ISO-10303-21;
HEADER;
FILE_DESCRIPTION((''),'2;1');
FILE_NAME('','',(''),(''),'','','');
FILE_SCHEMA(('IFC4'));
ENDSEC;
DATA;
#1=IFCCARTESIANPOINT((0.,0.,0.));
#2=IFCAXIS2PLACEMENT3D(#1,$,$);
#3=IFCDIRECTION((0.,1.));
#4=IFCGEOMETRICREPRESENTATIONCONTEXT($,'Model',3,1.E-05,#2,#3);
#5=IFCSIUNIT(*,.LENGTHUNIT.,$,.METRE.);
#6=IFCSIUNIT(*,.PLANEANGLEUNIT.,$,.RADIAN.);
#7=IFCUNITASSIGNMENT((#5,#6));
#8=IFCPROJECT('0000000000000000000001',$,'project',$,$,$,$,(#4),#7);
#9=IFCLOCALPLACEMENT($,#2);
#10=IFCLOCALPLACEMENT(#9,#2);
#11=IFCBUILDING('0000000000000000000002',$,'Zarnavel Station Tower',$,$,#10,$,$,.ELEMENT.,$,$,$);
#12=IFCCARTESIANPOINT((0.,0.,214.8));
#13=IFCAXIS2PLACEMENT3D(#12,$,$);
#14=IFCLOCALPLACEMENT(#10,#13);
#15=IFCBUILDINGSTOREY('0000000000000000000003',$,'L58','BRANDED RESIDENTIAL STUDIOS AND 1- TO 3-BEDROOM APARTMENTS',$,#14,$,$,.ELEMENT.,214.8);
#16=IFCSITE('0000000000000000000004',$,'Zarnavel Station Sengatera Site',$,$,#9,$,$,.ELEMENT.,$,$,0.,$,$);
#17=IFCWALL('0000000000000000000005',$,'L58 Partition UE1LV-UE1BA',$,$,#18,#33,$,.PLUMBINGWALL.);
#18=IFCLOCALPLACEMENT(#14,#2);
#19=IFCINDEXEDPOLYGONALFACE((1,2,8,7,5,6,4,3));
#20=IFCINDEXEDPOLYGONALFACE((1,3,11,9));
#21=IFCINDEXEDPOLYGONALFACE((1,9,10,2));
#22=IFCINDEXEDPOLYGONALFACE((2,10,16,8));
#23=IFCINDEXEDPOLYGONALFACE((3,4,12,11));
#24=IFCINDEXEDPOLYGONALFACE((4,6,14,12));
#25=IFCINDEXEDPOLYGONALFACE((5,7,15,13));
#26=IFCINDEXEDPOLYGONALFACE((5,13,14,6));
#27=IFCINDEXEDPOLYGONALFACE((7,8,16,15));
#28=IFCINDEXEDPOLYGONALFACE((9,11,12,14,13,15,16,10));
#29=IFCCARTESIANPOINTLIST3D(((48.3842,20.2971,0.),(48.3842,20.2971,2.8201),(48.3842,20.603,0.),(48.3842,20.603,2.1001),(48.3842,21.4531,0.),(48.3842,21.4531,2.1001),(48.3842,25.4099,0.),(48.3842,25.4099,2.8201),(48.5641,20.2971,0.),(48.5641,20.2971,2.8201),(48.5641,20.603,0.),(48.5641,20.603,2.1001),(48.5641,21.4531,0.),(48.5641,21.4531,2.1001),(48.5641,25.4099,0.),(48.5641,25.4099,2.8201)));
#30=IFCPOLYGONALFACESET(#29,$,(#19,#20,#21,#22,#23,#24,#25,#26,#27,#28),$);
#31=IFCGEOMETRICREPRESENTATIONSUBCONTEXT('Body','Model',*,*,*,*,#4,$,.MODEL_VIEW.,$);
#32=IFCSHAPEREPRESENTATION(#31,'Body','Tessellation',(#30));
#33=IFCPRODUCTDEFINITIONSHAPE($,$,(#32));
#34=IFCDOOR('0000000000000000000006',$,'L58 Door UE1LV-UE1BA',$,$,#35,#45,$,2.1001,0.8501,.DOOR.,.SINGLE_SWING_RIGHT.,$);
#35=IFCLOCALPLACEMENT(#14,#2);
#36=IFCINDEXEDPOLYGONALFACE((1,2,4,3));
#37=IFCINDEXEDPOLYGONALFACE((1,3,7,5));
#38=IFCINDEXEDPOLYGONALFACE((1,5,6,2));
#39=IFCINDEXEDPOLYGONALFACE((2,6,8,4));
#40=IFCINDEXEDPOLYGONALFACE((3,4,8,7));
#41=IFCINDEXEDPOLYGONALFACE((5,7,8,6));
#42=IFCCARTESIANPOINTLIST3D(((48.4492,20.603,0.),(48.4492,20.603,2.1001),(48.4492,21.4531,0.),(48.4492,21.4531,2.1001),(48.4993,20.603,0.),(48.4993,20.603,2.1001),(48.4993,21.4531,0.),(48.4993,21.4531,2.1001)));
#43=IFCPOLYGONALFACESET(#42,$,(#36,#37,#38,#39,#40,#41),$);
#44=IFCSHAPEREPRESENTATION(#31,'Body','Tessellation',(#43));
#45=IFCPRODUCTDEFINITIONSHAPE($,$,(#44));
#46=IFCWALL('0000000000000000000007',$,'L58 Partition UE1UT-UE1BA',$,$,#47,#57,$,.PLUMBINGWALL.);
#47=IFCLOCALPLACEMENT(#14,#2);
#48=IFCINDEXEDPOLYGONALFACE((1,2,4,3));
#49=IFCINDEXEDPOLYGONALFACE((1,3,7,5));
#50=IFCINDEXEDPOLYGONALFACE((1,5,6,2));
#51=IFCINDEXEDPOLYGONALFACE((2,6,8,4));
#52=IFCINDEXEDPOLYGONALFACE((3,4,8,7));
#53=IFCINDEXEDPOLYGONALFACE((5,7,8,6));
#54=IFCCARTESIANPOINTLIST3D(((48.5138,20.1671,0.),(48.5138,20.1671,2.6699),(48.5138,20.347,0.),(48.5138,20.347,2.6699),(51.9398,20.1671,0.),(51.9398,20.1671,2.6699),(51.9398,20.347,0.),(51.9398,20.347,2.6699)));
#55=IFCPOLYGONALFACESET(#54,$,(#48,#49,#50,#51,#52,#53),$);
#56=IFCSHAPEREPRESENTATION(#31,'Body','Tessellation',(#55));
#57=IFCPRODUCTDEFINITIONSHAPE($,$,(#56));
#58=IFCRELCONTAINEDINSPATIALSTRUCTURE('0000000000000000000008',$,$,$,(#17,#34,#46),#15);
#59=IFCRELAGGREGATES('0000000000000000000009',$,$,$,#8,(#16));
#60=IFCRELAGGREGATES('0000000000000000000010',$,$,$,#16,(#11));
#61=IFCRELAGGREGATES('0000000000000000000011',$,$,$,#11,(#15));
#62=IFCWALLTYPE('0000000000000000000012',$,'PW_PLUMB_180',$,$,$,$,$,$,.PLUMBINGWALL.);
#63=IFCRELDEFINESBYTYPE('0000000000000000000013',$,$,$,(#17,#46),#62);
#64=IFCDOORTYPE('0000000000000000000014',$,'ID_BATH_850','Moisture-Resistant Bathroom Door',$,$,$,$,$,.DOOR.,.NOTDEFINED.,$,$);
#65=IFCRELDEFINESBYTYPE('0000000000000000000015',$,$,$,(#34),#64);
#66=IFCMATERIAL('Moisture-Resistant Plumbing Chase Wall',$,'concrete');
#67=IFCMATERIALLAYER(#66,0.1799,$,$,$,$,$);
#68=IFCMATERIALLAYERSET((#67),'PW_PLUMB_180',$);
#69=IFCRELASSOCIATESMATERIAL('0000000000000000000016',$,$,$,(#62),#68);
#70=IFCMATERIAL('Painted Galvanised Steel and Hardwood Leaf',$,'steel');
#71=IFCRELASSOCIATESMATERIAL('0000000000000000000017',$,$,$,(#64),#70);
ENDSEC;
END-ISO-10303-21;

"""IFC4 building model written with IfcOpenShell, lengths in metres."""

from ifc_helpers import new_model, si_unit, direction, frame, frame_2d, origin, place, context, subcontext, project, spatial, rectangle, extrude, material, layer, layer_set, type_object, element, fill, save


model = new_model("IFC4")

# Units and contexts
model_context = context("Model", 3, precision=1e-05, world=origin(), true_north=direction((0.0, 1.0)))
body_context = subcontext(model_context, "Body", "Model", "MODEL_VIEW")
ifc_project = project(units=[si_unit("LENGTHUNIT", "METRE"), si_unit("PLANEANGLEUNIT", "RADIAN")], contexts=[model_context])

# Site, building, storey
site_placement = place(None, origin())
site = spatial("IfcSite", under=ifc_project, at=site_placement, Name="Zarnavel Station Sengatera Site", CompositionType="ELEMENT", RefElevation=0.0)
building_placement = place(site_placement, origin())
building = spatial("IfcBuilding", under=site, at=building_placement, Name="Zarnavel Station Tower", CompositionType="ELEMENT")
storey_placement = place(building_placement, frame((0.0, 0.0, 214.8)))
storey = spatial("IfcBuildingStorey", under=building, at=storey_placement, Name="L58", Description="BRANDED RESIDENTIAL STUDIOS AND 1- TO 3-BEDROOM APARTMENTS", CompositionType="ELEMENT", Elevation=214.8)

# Shared definitions
ifc_material_1 = material(Name="Moisture-Resistant Plumbing Chase Wall", Category="concrete")
ifc_layer_1 = layer(ifc_material_1, 0.1799)
ifc_layer_set_1 = layer_set([ifc_layer_1], Name="PW_PLUMB_180")
wall_type_1 = type_object("IfcWallType", Name="PW_PLUMB_180", PredefinedType="PLUMBINGWALL", material=ifc_layer_set_1)

# Wall, opening, door
wall_1_placement = place(storey_placement, frame((48.4741, 20.2971, 0.0), z_axis=(0.0, 0.0, 1.0), x_axis=(0.0, 1.0, 0.0)))
wall_1 = element("IfcWall", 1, at=wall_1_placement, inside=storey, type_object=wall_type_1, Name="L58 Partition UE1LV-UE1BA", PredefinedType="PLUMBINGWALL", context=body_context, shape_type="SweptSolid", body=[
    extrude(rectangle(XDim=5.1128, YDim=0.1799, at=frame_2d((2.5564, 0.0))), origin(), (0.0, 0.0, 1.0), 2.8201),
])
opening_1_placement = place(wall_1_placement, frame((0.3059, 0.0, 0.0)))
opening_1 = element("IfcOpeningElement", 2, at=opening_1_placement, cuts=wall_1, PredefinedType="OPENING", context=body_context, shape_type="SweptSolid", body=[
    extrude(rectangle(XDim=0.8501, YDim=2.1001, at=frame_2d((0.425, 1.05))), frame((0.0, 0.0999, 0.0), z_axis=(0.0, -1.0, 0.0), x_axis=(1.0, 0.0, 0.0)), (0.0, 0.0, 1.0), 0.2),
])
ifc_material_2 = material(Name="Painted Galvanised Steel and Hardwood Leaf", Category="steel")
door_type_1 = type_object("IfcDoorType", Name="ID_BATH_850", Description="Moisture-Resistant Bathroom Door", OperationType="NOTDEFINED", PredefinedType="DOOR", material=ifc_material_2)
door_1_placement = place(opening_1_placement, origin())
door_1 = element("IfcDoor", 3, at=door_1_placement, inside=storey, type_object=door_type_1, Name="L58 Door UE1LV-UE1BA", OperationType="SINGLE_SWING_RIGHT", OverallHeight=2.1001, OverallWidth=0.8501, PredefinedType="DOOR", context=body_context, shape_type="SweptSolid", body=[
    extrude(rectangle(XDim=0.8501, YDim=2.1001, at=frame_2d((0.425, 1.05))), frame((0.0, 0.0249, 0.0), z_axis=(0.0, -1.0, 0.0), x_axis=(1.0, 0.0, 0.0)), (0.0, 0.0, 1.0), 0.05),
])
fill(opening_1, door_1)

# Wall
wall_2_placement = place(storey_placement, frame((48.5139, 20.2571, 0.0), z_axis=(0.0, 0.0, 1.0), x_axis=(1.0, 0.0, 0.0)))
element("IfcWall", 4, at=wall_2_placement, inside=storey, type_object=wall_type_1, Name="L58 Partition UE1UT-UE1BA", PredefinedType="PLUMBINGWALL", context=body_context, shape_type="SweptSolid", body=[
    extrude(rectangle(XDim=3.426, YDim=0.1799, at=frame_2d((1.7129, 0.0))), origin(), (0.0, 0.0, 1.0), 2.6699),
])

save(model, "model.ifc")
